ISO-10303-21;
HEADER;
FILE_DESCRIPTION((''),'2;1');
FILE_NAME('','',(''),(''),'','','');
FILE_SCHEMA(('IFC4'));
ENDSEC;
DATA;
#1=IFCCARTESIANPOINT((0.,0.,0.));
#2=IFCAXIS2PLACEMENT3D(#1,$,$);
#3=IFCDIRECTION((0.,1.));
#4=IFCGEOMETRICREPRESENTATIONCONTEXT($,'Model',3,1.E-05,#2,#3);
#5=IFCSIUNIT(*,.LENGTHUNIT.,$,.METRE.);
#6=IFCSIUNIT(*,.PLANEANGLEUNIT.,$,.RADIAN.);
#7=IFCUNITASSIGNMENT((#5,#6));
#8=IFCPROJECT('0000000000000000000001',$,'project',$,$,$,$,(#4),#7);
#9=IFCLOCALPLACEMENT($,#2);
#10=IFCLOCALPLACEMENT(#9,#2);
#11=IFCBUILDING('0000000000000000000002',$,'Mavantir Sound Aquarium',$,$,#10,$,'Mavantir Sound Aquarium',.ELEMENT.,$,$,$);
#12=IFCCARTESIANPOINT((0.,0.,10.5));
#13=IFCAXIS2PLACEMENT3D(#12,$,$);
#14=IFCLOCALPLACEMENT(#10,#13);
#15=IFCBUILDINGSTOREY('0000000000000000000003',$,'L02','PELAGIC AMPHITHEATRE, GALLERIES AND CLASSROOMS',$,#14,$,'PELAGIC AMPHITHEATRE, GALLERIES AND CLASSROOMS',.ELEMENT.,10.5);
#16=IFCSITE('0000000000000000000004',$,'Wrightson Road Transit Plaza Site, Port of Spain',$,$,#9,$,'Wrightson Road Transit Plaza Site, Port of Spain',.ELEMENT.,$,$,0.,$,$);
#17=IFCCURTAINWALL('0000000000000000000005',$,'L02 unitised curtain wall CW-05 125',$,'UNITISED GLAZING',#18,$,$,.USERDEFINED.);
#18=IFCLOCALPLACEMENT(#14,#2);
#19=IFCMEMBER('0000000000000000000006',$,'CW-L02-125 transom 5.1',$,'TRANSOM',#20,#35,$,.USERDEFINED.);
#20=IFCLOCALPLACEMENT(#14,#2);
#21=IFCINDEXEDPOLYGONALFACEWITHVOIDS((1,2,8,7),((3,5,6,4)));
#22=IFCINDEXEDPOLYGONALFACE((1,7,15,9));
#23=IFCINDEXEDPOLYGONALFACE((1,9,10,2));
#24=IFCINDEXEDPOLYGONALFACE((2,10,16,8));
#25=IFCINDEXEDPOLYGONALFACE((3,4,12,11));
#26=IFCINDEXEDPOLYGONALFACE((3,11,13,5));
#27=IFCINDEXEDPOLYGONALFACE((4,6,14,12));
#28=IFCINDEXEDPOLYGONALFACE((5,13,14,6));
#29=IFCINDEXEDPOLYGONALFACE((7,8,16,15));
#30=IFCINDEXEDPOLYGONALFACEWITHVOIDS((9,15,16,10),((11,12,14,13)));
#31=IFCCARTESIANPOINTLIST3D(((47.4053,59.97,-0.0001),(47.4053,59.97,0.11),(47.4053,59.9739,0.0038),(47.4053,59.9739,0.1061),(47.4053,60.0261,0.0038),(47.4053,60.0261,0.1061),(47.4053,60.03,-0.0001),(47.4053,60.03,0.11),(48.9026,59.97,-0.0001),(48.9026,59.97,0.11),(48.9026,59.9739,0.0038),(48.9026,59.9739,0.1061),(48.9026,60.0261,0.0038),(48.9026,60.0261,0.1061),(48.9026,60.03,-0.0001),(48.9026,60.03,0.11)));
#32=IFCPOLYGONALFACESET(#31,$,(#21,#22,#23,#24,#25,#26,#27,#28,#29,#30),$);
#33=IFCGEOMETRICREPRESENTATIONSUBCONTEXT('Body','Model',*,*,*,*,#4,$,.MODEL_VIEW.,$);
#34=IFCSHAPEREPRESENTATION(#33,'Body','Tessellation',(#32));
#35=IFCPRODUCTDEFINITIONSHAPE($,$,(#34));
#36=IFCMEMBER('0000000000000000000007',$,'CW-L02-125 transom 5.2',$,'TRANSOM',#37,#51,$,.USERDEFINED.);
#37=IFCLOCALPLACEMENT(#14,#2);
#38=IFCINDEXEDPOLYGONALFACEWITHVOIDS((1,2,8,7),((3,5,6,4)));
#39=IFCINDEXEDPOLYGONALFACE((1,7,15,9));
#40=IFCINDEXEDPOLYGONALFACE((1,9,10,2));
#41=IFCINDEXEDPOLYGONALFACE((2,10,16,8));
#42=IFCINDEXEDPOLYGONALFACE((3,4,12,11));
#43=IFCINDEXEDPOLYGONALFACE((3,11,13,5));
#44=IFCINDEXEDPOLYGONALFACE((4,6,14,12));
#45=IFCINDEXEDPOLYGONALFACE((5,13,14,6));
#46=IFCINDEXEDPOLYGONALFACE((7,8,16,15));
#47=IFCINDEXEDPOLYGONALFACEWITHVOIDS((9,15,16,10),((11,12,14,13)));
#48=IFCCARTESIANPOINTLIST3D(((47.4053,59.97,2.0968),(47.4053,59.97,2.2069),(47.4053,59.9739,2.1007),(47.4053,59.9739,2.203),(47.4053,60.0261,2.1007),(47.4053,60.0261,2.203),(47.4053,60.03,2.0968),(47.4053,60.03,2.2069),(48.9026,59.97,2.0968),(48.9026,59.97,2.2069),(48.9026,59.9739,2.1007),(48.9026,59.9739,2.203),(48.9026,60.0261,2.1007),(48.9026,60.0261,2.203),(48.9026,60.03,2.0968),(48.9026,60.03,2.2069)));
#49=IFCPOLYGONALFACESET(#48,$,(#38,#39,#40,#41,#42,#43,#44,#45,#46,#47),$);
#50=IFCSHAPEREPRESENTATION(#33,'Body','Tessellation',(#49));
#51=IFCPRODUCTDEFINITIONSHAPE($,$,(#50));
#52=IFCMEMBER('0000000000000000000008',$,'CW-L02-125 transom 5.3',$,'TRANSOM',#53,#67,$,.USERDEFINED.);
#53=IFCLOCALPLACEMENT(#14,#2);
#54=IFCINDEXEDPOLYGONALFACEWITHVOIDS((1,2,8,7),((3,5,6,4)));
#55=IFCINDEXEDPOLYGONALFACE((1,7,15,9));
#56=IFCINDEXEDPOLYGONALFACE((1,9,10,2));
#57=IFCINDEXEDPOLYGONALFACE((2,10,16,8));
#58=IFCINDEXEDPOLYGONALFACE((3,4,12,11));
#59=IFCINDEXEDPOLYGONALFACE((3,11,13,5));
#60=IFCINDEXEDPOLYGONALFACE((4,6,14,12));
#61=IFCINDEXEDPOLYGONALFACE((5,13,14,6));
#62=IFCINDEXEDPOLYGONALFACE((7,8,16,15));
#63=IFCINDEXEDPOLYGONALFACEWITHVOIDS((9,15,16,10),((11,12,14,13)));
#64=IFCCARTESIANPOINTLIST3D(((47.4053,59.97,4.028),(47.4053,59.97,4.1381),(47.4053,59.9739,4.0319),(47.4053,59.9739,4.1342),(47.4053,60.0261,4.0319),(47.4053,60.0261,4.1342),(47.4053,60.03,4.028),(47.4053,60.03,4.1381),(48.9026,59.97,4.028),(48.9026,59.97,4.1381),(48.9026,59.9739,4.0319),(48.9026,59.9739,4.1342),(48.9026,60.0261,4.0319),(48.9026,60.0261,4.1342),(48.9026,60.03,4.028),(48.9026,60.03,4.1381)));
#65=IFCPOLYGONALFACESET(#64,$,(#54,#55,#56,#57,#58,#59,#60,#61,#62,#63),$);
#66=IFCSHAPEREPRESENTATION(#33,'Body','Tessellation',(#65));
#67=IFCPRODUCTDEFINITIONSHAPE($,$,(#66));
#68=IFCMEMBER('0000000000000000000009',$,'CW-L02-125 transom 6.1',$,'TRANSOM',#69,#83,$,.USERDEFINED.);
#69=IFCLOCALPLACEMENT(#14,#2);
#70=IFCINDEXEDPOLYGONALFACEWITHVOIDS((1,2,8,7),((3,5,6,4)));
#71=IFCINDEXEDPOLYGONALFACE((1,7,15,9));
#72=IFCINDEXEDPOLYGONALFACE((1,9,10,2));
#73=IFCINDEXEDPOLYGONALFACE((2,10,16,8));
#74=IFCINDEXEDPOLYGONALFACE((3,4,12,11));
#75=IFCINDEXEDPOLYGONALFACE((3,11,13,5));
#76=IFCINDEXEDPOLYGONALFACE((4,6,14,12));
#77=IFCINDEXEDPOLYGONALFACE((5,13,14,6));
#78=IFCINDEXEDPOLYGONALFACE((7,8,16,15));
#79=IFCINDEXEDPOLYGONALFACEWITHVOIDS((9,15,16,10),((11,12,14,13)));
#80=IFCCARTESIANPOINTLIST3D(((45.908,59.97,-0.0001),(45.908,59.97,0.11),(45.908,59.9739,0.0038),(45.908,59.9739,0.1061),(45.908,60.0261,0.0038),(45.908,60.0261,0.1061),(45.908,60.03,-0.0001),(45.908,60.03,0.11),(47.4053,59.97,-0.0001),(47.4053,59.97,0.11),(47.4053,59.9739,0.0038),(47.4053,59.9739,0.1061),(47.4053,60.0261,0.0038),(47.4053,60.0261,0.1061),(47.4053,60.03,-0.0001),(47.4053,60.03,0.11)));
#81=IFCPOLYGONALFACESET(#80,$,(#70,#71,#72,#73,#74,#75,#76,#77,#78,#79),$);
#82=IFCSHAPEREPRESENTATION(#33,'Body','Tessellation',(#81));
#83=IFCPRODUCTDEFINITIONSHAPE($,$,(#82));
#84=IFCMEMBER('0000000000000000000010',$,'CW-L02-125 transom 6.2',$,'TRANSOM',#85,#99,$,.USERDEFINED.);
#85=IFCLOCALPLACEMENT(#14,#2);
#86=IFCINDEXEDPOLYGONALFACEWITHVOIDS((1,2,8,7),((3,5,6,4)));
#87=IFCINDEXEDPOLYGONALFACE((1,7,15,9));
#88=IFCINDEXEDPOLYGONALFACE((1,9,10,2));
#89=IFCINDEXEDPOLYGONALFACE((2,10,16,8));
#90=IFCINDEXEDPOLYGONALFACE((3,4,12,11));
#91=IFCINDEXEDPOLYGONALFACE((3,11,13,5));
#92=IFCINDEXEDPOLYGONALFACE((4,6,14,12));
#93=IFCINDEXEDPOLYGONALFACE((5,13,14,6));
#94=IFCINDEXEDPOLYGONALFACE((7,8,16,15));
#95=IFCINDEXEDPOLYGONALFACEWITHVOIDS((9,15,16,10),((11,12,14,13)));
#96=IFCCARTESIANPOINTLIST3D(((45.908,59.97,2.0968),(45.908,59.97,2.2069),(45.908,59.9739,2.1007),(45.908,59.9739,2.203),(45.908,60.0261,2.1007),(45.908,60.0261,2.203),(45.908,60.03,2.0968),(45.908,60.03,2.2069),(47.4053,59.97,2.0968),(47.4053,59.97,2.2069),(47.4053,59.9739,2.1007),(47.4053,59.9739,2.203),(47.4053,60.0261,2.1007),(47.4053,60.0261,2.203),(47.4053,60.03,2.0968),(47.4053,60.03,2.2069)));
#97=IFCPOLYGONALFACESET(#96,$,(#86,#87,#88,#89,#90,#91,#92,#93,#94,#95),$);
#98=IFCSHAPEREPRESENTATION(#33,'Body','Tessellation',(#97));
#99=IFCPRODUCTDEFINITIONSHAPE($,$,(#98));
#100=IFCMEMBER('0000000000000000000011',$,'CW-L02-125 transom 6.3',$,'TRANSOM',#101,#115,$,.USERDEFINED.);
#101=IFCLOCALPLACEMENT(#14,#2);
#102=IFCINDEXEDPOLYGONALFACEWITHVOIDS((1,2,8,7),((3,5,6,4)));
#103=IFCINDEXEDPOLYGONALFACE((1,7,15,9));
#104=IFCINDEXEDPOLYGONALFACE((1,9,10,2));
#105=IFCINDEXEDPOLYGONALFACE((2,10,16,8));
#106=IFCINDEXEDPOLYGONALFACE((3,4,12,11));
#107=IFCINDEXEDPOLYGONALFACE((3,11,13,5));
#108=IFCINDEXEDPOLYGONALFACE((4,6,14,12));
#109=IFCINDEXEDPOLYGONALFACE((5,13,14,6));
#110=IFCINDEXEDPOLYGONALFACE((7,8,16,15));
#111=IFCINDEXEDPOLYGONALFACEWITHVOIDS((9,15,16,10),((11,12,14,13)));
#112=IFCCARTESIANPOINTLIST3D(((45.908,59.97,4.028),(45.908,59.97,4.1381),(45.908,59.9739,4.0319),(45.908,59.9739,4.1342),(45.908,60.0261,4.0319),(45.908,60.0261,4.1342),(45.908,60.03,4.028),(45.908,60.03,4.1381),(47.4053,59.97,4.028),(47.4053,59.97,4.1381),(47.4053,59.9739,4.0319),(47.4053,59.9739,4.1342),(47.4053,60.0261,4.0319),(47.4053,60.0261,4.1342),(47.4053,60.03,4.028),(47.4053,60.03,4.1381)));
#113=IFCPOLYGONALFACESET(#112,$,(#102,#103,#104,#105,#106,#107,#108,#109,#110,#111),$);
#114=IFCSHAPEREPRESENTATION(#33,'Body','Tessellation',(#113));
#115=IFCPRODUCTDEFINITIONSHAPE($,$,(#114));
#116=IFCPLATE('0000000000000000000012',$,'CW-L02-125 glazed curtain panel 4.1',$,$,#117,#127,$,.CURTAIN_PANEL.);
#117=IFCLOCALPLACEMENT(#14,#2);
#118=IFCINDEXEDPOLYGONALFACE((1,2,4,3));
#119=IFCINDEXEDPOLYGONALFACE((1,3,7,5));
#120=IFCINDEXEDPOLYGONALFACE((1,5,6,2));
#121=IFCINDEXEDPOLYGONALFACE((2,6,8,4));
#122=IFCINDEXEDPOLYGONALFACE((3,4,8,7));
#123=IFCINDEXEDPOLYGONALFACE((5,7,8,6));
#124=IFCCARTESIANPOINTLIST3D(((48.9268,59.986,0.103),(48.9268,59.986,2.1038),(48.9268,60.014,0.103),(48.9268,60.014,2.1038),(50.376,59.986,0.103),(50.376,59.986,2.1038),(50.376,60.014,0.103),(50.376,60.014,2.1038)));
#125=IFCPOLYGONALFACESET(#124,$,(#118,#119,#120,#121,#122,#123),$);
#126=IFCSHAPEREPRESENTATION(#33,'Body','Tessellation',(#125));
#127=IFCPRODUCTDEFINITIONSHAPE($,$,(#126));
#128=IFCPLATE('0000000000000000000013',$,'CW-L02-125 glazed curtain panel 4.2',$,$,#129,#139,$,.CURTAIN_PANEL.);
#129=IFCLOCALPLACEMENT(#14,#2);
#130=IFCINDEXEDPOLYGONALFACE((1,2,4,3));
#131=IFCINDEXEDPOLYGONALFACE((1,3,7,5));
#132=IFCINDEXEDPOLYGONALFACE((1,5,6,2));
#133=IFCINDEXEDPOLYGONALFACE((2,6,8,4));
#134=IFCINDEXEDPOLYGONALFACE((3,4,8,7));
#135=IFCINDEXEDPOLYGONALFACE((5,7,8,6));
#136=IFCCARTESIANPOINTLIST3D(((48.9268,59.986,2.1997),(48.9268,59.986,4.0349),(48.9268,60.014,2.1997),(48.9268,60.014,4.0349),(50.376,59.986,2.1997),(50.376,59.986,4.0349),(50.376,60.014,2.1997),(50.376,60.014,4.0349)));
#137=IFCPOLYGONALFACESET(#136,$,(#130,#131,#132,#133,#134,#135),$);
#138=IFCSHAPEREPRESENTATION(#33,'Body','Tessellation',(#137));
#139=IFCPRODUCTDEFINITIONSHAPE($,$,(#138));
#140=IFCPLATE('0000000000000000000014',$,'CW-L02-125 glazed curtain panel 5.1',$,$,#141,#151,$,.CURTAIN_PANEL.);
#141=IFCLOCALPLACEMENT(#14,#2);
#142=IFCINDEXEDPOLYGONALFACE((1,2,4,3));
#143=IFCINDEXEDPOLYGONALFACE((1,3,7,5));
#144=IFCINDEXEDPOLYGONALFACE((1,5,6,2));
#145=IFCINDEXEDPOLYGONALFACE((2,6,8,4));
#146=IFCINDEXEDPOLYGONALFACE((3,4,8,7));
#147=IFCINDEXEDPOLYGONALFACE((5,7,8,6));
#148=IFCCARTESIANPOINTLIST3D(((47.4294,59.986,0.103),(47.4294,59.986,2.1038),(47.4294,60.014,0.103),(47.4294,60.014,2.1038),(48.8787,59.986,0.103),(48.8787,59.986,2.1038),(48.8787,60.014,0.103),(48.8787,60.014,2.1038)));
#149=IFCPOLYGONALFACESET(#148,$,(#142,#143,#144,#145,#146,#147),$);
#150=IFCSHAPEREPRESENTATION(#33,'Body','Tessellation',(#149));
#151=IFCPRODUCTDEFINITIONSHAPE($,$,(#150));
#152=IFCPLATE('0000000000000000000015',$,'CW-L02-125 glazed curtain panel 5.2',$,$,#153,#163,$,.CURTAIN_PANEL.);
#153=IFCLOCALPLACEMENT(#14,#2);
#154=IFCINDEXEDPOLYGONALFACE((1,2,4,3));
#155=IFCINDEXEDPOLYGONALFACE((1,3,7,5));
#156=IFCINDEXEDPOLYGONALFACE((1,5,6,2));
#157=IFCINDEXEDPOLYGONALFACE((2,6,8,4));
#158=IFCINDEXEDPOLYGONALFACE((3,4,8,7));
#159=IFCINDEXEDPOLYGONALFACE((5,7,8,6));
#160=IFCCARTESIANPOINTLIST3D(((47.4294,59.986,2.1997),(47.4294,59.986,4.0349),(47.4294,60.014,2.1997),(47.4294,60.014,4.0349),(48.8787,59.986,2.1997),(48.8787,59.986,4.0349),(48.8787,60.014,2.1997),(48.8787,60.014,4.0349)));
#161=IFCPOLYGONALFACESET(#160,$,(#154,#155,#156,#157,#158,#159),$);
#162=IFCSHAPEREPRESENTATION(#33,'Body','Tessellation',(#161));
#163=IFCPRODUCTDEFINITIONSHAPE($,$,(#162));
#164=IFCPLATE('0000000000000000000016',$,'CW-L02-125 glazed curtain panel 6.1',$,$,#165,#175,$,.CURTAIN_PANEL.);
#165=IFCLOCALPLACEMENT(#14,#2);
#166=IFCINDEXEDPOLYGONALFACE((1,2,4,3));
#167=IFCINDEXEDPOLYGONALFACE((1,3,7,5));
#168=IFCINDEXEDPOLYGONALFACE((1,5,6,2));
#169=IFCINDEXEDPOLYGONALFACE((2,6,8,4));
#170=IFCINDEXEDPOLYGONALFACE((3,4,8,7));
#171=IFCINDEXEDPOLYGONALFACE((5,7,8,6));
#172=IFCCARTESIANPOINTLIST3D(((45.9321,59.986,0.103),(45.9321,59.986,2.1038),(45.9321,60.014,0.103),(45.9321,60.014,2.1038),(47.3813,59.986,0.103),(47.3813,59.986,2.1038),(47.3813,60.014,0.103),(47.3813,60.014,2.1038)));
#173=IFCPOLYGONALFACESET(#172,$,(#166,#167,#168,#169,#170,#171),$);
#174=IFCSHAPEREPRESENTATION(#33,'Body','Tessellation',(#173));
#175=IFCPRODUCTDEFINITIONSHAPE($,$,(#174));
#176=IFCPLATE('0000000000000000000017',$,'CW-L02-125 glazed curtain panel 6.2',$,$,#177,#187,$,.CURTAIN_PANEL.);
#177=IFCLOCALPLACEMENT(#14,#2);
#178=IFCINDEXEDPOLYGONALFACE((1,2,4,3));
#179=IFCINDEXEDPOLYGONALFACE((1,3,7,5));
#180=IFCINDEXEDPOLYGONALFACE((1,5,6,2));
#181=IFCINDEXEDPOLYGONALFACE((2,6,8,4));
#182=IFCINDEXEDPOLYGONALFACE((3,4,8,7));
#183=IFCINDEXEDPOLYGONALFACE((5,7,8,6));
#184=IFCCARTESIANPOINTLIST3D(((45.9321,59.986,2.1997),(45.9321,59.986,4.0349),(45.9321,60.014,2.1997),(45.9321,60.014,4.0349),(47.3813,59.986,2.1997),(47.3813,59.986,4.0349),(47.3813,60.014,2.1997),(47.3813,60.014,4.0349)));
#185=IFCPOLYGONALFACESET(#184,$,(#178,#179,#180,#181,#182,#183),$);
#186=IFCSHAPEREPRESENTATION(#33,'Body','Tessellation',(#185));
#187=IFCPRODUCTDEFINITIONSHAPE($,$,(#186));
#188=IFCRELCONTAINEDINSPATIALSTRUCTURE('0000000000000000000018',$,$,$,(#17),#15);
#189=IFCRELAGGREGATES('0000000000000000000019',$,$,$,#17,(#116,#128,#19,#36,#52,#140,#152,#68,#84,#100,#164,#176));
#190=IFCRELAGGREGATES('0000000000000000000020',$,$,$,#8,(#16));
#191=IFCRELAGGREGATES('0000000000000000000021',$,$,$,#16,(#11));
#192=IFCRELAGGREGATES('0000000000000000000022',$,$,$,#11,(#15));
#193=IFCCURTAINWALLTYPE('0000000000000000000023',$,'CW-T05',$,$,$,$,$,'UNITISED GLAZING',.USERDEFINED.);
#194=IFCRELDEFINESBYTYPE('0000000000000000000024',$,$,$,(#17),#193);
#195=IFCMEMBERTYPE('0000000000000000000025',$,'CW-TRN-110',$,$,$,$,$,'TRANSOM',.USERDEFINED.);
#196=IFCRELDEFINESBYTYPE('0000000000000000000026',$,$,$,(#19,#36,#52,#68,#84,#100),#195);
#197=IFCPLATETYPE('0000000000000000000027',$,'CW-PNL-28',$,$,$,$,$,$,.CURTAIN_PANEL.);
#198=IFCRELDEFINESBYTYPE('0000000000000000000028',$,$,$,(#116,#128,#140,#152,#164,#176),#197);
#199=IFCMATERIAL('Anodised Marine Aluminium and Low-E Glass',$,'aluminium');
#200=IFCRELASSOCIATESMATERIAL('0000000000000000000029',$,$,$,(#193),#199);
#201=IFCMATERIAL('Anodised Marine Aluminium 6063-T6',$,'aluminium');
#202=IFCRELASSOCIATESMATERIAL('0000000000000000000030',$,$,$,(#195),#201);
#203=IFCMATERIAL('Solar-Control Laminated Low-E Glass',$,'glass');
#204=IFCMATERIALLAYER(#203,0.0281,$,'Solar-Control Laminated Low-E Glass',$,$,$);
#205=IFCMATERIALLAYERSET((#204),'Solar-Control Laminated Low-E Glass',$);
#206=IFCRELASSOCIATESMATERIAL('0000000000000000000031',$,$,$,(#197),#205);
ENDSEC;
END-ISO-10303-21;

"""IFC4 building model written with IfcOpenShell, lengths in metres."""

from ifc_helpers import new_model, si_unit, direction, frame, origin, origin_2d, place, context, subcontext, project, spatial, rectangle, hollow_rectangle, extrude, material, layer, layer_set, material_profile, profile_set, type_object, element, aggregate, save


model = new_model("IFC4")

# Units and contexts
model_context = context("Model", 3, precision=1e-05, world=origin(), true_north=direction((0.0, 1.0)))
body_context = subcontext(model_context, "Body", "Model", "MODEL_VIEW")
ifc_project = project(units=[si_unit("LENGTHUNIT", "METRE"), si_unit("PLANEANGLEUNIT", "RADIAN")], contexts=[model_context])

# Site, building, storey
site_placement = place(None, origin())
site = spatial("IfcSite", under=ifc_project, at=site_placement, Name="Wrightson Road Transit Plaza Site, Port of Spain", LongName="Wrightson Road Transit Plaza Site, Port of Spain", CompositionType="ELEMENT", RefElevation=0.0)
building_placement = place(site_placement, origin())
building = spatial("IfcBuilding", under=site, at=building_placement, Name="Mavantir Sound Aquarium", LongName="Mavantir Sound Aquarium", CompositionType="ELEMENT")
storey_placement = place(building_placement, frame((0.0, 0.0, 10.5)))
storey = spatial("IfcBuildingStorey", under=building, at=storey_placement, Name="L02", Description="PELAGIC AMPHITHEATRE, GALLERIES AND CLASSROOMS", LongName="PELAGIC AMPHITHEATRE, GALLERIES AND CLASSROOMS", CompositionType="ELEMENT", Elevation=10.5)

# Curtain wall, members, plates
ifc_material_1 = material(Name="Anodised Marine Aluminium and Low-E Glass", Category="aluminium")
curtain_wall_type = type_object("IfcCurtainWallType", Name="CW-T05", ElementType="UNITISED GLAZING", PredefinedType="USERDEFINED", material=ifc_material_1)
curtain_wall_placement = place(storey_placement, origin())
curtain_wall = element("IfcCurtainWall", 1, at=curtain_wall_placement, inside=storey, type_object=curtain_wall_type, Name="L02 unitised curtain wall CW-05 125", ObjectType="UNITISED GLAZING", PredefinedType="USERDEFINED")
ifc_material_2 = material(Name="Anodised Marine Aluminium 6063-T6", Category="aluminium")
ifc_material_profile_1 = material_profile(ifc_material_2, hollow_rectangle(XDim=0.0601, YDim=0.1101, WallThickness=0.0039, at=origin_2d()), Name="ALU-TRANSOM-110X60")
ifc_profile_set_1 = profile_set([ifc_material_profile_1], Name="Anodised Marine Aluminium 6063-T6")
member_type_1 = type_object("IfcMemberType", Name="CW-TRN-110", ElementType="TRANSOM", PredefinedType="USERDEFINED", material=ifc_profile_set_1)
member_1_placement = place(storey_placement, frame((48.9026, 60.0, 0.0549), z_axis=(-1.0, 0.0, 0.0), x_axis=(0.0, -1.0, 0.0)))
member_1 = element("IfcMember", 2, at=member_1_placement, type_object=member_type_1, Name="CW-L02-125 transom 5.1", ObjectType="TRANSOM", PredefinedType="USERDEFINED", context=body_context, shape_type="SweptSolid", body=[
    extrude(hollow_rectangle(XDim=0.0601, YDim=0.1101, WallThickness=0.0039, at=origin_2d()), origin(), (0.0, 0.0, 1.0), 1.4973),
])
member_2_placement = place(storey_placement, frame((48.9026, 60.0, 2.1519), z_axis=(-1.0, 0.0, 0.0), x_axis=(0.0, -1.0, 0.0)))
member_2 = element("IfcMember", 3, at=member_2_placement, type_object=member_type_1, Name="CW-L02-125 transom 5.2", ObjectType="TRANSOM", PredefinedType="USERDEFINED", context=body_context, shape_type="SweptSolid", body=[
    extrude(hollow_rectangle(XDim=0.0601, YDim=0.1101, WallThickness=0.0039, at=origin_2d()), origin(), (0.0, 0.0, 1.0), 1.4973),
])
member_3_placement = place(storey_placement, frame((48.9026, 60.0, 4.083), z_axis=(-1.0, 0.0, 0.0), x_axis=(0.0, -1.0, 0.0)))
member_3 = element("IfcMember", 4, at=member_3_placement, type_object=member_type_1, Name="CW-L02-125 transom 5.3", ObjectType="TRANSOM", PredefinedType="USERDEFINED", context=body_context, shape_type="SweptSolid", body=[
    extrude(hollow_rectangle(XDim=0.0601, YDim=0.1101, WallThickness=0.0039, at=origin_2d()), origin(), (0.0, 0.0, 1.0), 1.4973),
])
member_4_placement = place(storey_placement, frame((47.4053, 60.0, 0.0549), z_axis=(-1.0, 0.0, 0.0), x_axis=(0.0, -1.0, 0.0)))
member_4 = element("IfcMember", 5, at=member_4_placement, type_object=member_type_1, Name="CW-L02-125 transom 6.1", ObjectType="TRANSOM", PredefinedType="USERDEFINED", context=body_context, shape_type="SweptSolid", body=[
    extrude(hollow_rectangle(XDim=0.0601, YDim=0.1101, WallThickness=0.0039, at=origin_2d()), origin(), (0.0, 0.0, 1.0), 1.4973),
])
member_5_placement = place(storey_placement, frame((47.4053, 60.0, 2.1519), z_axis=(-1.0, 0.0, 0.0), x_axis=(0.0, -1.0, 0.0)))
member_5 = element("IfcMember", 6, at=member_5_placement, type_object=member_type_1, Name="CW-L02-125 transom 6.2", ObjectType="TRANSOM", PredefinedType="USERDEFINED", context=body_context, shape_type="SweptSolid", body=[
    extrude(hollow_rectangle(XDim=0.0601, YDim=0.1101, WallThickness=0.0039, at=origin_2d()), origin(), (0.0, 0.0, 1.0), 1.4973),
])
member_6_placement = place(storey_placement, frame((47.4053, 60.0, 4.083), z_axis=(-1.0, 0.0, 0.0), x_axis=(0.0, -1.0, 0.0)))
member_6 = element("IfcMember", 7, at=member_6_placement, type_object=member_type_1, Name="CW-L02-125 transom 6.3", ObjectType="TRANSOM", PredefinedType="USERDEFINED", context=body_context, shape_type="SweptSolid", body=[
    extrude(hollow_rectangle(XDim=0.0601, YDim=0.1101, WallThickness=0.0039, at=origin_2d()), origin(), (0.0, 0.0, 1.0), 1.4973),
])
ifc_material_3 = material(Name="Solar-Control Laminated Low-E Glass", Category="glass")
ifc_layer_1 = layer(ifc_material_3, 0.0281, Name="Solar-Control Laminated Low-E Glass")
ifc_layer_set_1 = layer_set([ifc_layer_1], Name="Solar-Control Laminated Low-E Glass")
plate_type = type_object("IfcPlateType", Name="CW-PNL-28", PredefinedType="CURTAIN_PANEL", material=ifc_layer_set_1)
plate_1_placement = place(storey_placement, frame((49.6514, 60.0, 0.103), z_axis=(0.0, 0.0, 1.0), x_axis=(-1.0, 0.0, 0.0)))
plate_1 = element("IfcPlate", 8, at=plate_1_placement, type_object=plate_type, Name="CW-L02-125 glazed curtain panel 4.1", PredefinedType="CURTAIN_PANEL", context=body_context, shape_type="SweptSolid", body=[
    extrude(rectangle(XDim=1.4492, YDim=0.0281, at=origin_2d()), origin(), (0.0, 0.0, 1.0), 2.0007),
])
plate_2_placement = place(storey_placement, frame((49.6514, 60.0, 2.1997), z_axis=(0.0, 0.0, 1.0), x_axis=(-1.0, 0.0, 0.0)))
plate_2 = element("IfcPlate", 9, at=plate_2_placement, type_object=plate_type, Name="CW-L02-125 glazed curtain panel 4.2", PredefinedType="CURTAIN_PANEL", context=body_context, shape_type="SweptSolid", body=[
    extrude(rectangle(XDim=1.4492, YDim=0.0281, at=origin_2d()), origin(), (0.0, 0.0, 1.0), 1.8352),
])
plate_3_placement = place(storey_placement, frame((48.1541, 60.0, 0.103), z_axis=(0.0, 0.0, 1.0), x_axis=(-1.0, 0.0, 0.0)))
plate_3 = element("IfcPlate", 10, at=plate_3_placement, type_object=plate_type, Name="CW-L02-125 glazed curtain panel 5.1", PredefinedType="CURTAIN_PANEL", context=body_context, shape_type="SweptSolid", body=[
    extrude(rectangle(XDim=1.4492, YDim=0.0281, at=origin_2d()), origin(), (0.0, 0.0, 1.0), 2.0007),
])
plate_4_placement = place(storey_placement, frame((48.1541, 60.0, 2.1997), z_axis=(0.0, 0.0, 1.0), x_axis=(-1.0, 0.0, 0.0)))
plate_4 = element("IfcPlate", 11, at=plate_4_placement, type_object=plate_type, Name="CW-L02-125 glazed curtain panel 5.2", PredefinedType="CURTAIN_PANEL", context=body_context, shape_type="SweptSolid", body=[
    extrude(rectangle(XDim=1.4492, YDim=0.0281, at=origin_2d()), origin(), (0.0, 0.0, 1.0), 1.8352),
])
plate_5_placement = place(storey_placement, frame((46.6567, 60.0, 0.103), z_axis=(0.0, 0.0, 1.0), x_axis=(-1.0, 0.0, 0.0)))
plate_5 = element("IfcPlate", 12, at=plate_5_placement, type_object=plate_type, Name="CW-L02-125 glazed curtain panel 6.1", PredefinedType="CURTAIN_PANEL", context=body_context, shape_type="SweptSolid", body=[
    extrude(rectangle(XDim=1.4492, YDim=0.0281, at=origin_2d()), origin(), (0.0, 0.0, 1.0), 2.0007),
])
plate_6_placement = place(storey_placement, frame((46.6567, 60.0, 2.1997), z_axis=(0.0, 0.0, 1.0), x_axis=(-1.0, 0.0, 0.0)))
plate_6 = element("IfcPlate", 13, at=plate_6_placement, type_object=plate_type, Name="CW-L02-125 glazed curtain panel 6.2", PredefinedType="CURTAIN_PANEL", context=body_context, shape_type="SweptSolid", body=[
    extrude(rectangle(XDim=1.4492, YDim=0.0281, at=origin_2d()), origin(), (0.0, 0.0, 1.0), 1.8352),
])
aggregate(curtain_wall, [plate_1, plate_2, member_1, member_2, member_3, plate_3, plate_4, member_4, member_5, member_6, plate_5, plate_6])

save(model, "model.ifc")
